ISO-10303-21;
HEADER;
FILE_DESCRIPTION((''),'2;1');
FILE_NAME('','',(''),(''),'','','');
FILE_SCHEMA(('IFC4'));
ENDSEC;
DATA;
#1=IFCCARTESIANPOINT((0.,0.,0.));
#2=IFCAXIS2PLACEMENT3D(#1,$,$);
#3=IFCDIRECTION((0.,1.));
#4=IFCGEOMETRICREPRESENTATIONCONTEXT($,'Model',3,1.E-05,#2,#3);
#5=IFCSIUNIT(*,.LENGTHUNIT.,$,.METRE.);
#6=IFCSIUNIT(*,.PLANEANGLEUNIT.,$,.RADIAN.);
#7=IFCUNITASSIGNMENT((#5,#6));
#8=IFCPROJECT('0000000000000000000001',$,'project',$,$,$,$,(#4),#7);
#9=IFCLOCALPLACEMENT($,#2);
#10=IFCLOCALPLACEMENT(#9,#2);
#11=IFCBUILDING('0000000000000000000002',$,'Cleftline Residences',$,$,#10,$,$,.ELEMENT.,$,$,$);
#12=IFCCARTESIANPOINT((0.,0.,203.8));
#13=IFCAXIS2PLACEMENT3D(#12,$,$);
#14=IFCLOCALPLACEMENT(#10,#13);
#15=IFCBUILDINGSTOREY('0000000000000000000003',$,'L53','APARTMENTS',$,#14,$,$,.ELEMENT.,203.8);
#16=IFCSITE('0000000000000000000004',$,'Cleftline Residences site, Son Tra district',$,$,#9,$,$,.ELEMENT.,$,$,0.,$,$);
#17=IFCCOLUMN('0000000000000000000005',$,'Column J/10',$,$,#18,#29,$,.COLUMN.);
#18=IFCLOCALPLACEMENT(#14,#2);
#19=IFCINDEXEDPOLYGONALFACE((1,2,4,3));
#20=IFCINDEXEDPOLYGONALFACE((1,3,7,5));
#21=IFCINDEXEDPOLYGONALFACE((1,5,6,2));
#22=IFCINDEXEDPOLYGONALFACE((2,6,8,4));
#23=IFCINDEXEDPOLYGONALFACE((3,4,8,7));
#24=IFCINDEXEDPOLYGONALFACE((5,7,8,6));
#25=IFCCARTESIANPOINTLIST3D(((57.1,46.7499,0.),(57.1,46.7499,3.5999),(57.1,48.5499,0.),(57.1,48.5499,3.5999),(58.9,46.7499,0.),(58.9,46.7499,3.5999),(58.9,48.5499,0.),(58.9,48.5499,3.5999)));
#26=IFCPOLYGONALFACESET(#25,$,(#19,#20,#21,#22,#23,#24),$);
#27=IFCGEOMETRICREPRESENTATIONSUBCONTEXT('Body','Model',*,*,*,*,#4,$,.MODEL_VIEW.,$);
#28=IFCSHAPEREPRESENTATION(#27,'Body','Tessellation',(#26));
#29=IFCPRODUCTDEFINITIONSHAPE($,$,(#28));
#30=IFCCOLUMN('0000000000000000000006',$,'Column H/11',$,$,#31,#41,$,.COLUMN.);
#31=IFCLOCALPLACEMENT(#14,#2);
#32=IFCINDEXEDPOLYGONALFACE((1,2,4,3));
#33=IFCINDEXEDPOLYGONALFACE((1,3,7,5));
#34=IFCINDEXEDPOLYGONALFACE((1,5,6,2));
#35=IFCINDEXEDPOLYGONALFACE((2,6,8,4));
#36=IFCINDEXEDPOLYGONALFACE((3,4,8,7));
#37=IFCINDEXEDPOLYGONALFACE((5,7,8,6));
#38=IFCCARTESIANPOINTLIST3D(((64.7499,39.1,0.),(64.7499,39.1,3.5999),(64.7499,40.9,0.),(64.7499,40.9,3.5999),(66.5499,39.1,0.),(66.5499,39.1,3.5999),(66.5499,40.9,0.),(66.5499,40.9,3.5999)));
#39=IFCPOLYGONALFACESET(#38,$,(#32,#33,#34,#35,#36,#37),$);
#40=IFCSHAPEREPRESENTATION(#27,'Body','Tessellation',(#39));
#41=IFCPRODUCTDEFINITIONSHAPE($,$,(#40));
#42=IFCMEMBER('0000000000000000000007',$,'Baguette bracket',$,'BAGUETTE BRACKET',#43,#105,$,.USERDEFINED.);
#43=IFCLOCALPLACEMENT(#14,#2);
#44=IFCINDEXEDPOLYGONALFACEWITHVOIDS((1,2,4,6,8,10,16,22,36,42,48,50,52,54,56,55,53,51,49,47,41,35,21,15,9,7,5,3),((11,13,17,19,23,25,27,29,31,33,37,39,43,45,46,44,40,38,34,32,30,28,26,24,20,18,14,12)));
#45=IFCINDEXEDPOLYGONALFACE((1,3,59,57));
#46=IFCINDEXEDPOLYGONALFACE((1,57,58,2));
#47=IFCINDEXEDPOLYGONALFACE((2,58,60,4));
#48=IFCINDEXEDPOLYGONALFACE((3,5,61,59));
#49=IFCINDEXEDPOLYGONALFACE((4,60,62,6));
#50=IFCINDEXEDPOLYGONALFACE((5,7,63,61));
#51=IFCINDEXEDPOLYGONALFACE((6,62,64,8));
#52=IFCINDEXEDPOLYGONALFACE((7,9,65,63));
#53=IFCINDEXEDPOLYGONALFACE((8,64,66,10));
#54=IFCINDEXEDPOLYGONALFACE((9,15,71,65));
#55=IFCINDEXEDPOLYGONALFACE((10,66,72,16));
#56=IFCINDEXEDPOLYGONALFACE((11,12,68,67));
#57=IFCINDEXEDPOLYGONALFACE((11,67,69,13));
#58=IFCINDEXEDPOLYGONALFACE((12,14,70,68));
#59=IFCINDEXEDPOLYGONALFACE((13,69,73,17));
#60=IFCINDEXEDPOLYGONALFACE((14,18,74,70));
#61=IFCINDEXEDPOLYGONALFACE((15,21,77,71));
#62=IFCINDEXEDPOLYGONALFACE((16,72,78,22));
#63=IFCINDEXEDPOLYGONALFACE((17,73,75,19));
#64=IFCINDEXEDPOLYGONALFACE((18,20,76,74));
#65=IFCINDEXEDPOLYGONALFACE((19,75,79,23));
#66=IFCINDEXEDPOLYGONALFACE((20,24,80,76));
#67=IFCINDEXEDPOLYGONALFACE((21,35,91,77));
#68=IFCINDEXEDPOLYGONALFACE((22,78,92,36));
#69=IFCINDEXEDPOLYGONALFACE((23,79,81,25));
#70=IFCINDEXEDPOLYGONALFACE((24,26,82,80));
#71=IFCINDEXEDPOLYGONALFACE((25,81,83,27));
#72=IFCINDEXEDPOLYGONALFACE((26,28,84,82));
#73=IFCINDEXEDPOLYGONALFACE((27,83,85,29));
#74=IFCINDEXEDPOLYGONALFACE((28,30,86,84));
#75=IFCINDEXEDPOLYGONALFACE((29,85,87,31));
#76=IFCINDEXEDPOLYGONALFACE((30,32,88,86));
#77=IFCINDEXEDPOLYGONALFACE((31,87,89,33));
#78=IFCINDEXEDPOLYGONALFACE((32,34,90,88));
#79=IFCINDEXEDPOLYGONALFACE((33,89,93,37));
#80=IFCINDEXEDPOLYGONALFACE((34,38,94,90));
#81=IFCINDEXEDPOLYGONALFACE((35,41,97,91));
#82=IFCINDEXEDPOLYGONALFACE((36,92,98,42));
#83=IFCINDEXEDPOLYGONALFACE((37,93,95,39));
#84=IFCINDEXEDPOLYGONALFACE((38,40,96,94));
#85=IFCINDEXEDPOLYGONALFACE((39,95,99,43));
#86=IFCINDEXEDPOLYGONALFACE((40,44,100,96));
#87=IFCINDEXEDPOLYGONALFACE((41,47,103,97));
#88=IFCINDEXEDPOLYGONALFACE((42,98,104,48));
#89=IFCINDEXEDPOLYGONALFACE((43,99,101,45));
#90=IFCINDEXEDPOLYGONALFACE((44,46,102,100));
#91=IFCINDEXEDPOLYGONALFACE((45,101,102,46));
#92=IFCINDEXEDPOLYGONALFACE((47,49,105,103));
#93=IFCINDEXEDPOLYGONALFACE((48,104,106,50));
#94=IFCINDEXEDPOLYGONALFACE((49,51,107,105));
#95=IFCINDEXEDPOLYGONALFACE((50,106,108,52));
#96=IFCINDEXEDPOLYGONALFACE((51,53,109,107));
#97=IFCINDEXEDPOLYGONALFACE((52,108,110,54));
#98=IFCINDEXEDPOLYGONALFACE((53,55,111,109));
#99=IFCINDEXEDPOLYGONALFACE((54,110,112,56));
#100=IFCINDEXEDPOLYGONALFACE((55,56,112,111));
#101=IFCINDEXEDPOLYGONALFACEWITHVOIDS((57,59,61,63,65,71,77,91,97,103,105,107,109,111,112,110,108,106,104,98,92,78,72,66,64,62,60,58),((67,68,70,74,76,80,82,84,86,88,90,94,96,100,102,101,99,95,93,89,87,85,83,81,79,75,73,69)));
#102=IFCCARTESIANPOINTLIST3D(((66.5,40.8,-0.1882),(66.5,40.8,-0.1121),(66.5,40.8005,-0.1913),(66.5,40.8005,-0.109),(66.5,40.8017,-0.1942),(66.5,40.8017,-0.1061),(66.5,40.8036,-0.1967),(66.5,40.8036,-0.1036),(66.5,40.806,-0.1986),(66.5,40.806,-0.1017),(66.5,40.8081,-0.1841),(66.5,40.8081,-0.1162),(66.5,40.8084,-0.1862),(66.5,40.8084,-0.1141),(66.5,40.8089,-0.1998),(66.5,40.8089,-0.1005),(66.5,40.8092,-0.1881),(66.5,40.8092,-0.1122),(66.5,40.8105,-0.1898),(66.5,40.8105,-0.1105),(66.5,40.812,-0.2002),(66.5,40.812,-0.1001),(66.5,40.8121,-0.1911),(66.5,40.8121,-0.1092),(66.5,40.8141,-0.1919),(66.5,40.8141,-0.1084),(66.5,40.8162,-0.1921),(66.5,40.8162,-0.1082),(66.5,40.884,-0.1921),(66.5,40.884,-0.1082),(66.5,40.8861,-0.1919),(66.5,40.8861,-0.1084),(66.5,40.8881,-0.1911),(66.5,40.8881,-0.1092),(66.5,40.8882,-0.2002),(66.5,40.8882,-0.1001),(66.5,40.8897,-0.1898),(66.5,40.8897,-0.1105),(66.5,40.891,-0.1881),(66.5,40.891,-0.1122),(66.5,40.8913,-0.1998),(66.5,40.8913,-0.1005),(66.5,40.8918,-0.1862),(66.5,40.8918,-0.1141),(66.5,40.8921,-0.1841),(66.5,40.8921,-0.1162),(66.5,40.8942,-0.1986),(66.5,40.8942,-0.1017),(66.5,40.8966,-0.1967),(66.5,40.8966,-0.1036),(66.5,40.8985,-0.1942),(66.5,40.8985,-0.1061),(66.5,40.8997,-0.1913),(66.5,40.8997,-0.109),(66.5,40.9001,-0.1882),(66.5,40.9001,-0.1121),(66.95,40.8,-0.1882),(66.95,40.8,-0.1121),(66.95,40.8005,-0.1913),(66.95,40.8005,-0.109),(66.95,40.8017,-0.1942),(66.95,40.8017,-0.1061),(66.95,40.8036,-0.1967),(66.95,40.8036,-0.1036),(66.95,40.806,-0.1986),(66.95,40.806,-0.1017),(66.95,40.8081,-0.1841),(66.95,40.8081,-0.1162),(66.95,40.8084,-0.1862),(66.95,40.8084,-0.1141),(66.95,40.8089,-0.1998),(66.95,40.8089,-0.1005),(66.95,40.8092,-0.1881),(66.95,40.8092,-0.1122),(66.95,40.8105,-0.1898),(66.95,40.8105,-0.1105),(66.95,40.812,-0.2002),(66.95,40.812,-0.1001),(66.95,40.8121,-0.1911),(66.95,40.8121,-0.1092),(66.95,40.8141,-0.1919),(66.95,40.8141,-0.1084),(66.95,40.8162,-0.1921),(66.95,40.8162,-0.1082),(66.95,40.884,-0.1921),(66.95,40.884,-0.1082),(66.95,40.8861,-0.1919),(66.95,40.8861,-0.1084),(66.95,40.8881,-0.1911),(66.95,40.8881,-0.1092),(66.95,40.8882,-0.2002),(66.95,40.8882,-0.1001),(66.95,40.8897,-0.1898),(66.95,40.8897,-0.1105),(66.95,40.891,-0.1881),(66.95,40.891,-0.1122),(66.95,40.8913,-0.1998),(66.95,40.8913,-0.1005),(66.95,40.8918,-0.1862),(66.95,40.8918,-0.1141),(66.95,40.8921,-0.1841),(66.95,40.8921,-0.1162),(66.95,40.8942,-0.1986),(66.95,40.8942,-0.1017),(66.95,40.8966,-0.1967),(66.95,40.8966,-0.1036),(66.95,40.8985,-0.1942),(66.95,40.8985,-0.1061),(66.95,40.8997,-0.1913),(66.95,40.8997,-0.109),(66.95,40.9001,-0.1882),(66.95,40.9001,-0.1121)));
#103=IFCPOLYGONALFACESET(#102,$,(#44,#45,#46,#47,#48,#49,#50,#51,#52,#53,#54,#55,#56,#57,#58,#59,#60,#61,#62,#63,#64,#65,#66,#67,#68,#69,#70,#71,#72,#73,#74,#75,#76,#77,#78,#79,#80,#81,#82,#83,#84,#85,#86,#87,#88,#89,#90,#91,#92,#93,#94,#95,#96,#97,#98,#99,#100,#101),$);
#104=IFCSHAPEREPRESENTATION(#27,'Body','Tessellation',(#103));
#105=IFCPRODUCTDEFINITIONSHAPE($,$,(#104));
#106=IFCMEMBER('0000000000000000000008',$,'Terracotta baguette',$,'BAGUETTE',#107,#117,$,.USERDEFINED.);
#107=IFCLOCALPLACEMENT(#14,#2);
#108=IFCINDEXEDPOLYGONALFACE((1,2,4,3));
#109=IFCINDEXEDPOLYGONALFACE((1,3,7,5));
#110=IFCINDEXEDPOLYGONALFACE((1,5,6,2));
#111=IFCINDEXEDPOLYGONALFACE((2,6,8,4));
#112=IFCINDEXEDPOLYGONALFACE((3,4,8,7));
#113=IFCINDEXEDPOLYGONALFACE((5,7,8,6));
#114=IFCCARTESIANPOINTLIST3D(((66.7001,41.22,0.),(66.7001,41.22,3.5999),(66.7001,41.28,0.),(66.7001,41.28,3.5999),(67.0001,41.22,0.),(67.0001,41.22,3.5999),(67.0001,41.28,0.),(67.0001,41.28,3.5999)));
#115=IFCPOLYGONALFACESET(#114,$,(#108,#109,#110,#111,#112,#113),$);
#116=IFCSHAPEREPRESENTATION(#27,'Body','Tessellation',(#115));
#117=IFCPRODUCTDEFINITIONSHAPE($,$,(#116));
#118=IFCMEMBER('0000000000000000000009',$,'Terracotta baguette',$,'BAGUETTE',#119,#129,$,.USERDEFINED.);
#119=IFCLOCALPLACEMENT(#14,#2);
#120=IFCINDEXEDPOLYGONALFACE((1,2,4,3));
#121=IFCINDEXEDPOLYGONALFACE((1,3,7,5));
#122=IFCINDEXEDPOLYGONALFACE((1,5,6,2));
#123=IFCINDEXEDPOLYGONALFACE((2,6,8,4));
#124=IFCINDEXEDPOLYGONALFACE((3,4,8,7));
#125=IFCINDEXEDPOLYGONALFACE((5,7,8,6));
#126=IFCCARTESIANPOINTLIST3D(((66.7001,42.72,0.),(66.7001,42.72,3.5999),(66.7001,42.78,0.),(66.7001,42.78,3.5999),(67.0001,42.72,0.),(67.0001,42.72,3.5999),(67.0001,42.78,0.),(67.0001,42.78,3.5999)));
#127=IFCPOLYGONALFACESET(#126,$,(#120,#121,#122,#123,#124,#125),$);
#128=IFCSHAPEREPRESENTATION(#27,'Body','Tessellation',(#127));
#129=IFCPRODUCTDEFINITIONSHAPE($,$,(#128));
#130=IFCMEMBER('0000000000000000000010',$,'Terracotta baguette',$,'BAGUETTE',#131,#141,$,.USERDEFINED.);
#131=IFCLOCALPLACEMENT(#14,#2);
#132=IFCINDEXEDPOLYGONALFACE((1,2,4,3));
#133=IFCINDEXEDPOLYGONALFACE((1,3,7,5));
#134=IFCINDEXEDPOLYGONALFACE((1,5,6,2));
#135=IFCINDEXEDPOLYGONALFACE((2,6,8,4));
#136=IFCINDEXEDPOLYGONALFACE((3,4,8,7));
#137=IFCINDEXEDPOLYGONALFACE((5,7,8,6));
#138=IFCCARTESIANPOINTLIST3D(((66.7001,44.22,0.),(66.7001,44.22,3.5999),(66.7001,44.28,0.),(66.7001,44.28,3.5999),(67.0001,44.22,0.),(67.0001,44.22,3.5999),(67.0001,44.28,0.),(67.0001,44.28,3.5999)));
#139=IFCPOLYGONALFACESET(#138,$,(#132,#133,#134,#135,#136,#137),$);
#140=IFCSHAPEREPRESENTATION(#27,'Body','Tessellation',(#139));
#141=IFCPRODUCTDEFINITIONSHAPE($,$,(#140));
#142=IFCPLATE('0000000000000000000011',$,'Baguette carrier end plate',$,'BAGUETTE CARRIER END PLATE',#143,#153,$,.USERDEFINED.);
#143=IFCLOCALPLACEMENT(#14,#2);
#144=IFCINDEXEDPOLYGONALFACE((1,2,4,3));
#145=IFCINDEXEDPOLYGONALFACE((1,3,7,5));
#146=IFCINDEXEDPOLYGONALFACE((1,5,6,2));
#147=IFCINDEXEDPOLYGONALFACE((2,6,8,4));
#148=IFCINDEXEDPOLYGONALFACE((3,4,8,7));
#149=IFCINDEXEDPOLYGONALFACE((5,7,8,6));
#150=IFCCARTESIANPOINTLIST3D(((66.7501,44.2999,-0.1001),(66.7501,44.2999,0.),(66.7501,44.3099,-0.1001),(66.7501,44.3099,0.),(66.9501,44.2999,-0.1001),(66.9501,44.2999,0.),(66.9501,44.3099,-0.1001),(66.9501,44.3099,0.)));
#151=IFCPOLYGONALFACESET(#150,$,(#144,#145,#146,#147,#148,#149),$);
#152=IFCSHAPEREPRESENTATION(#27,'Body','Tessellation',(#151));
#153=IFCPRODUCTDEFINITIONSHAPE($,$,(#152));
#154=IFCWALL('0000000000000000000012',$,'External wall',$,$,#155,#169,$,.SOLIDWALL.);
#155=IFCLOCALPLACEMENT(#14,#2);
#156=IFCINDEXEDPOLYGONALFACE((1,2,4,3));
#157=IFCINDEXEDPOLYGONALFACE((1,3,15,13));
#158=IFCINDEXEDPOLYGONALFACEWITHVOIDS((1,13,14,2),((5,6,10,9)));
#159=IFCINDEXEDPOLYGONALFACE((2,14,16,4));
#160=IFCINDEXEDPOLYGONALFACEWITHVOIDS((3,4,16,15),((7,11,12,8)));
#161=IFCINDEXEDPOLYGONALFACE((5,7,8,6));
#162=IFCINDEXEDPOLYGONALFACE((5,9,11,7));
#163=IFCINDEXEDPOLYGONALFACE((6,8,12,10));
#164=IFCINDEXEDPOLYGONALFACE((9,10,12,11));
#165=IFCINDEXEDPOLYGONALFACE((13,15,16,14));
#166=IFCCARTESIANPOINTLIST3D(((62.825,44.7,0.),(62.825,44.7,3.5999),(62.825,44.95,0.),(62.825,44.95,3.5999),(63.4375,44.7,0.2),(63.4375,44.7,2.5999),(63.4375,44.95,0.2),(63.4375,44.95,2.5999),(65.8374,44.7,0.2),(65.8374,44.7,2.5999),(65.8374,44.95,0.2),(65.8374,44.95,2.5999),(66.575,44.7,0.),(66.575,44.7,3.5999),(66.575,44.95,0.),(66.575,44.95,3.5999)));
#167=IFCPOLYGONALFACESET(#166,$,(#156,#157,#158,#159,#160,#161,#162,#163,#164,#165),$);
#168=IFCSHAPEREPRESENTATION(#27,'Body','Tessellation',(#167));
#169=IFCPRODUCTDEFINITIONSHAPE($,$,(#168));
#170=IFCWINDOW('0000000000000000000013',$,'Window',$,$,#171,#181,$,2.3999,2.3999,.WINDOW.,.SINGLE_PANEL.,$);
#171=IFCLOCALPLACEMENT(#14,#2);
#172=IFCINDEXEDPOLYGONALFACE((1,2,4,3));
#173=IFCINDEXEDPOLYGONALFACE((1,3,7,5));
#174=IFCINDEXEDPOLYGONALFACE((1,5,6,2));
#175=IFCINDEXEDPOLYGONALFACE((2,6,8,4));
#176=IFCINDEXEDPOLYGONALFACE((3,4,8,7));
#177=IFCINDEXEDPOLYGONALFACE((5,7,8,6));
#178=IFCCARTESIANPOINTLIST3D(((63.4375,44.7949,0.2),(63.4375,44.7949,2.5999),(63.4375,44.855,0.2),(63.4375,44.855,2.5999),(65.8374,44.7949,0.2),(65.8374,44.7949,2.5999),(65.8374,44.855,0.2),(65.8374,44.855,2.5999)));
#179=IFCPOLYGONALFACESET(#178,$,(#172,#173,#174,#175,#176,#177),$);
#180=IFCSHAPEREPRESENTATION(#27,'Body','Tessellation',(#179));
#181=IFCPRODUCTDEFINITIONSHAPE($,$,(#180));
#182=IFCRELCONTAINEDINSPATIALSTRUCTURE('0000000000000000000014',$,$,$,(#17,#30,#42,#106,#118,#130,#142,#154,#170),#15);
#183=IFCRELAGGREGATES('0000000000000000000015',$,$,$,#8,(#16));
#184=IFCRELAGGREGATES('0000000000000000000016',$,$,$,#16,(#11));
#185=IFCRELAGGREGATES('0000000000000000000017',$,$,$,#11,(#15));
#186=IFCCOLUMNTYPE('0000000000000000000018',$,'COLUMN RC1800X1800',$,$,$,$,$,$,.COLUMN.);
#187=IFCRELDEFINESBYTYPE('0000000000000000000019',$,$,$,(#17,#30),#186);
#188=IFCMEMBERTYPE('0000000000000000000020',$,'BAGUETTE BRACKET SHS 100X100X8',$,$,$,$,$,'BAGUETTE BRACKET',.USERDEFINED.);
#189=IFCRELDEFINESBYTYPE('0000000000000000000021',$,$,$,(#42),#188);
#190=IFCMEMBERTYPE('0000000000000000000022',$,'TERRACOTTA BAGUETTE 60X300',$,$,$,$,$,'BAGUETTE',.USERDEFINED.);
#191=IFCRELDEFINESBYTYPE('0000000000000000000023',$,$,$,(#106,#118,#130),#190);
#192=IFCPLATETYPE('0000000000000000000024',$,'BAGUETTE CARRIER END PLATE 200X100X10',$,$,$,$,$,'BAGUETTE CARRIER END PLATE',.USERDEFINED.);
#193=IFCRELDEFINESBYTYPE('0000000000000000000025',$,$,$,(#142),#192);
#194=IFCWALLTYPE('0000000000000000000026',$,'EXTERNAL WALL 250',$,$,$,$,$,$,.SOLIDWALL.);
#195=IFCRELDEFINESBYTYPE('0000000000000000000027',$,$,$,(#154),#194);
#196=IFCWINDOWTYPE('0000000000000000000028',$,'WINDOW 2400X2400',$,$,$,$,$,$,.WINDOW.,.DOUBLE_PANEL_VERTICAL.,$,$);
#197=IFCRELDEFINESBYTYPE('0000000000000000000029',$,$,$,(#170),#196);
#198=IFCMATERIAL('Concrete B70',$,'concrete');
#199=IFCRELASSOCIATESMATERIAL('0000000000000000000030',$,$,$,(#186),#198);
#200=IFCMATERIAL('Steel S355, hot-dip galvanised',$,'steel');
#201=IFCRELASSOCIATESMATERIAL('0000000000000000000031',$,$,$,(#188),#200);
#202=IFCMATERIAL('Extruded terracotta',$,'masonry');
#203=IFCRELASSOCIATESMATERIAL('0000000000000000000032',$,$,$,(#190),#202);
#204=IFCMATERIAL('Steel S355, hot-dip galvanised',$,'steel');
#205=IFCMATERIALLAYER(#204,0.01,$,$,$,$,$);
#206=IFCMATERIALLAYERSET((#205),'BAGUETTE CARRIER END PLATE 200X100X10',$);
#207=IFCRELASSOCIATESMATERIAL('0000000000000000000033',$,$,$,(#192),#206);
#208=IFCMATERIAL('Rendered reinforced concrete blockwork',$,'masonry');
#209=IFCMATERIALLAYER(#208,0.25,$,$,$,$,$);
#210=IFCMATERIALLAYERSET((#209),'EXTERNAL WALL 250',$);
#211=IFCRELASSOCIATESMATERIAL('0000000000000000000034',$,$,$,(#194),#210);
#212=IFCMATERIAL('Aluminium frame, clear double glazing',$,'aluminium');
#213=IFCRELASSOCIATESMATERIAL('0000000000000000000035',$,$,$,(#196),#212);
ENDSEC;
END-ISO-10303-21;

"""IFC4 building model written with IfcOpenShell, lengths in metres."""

from ifc_helpers import new_model, si_unit, direction, frame, frame_2d, origin, origin_2d, place, context, subcontext, project, spatial, rectangle, hollow_rectangle, extrude, material, layer, layer_set, material_profile, profile_set, type_object, element, fill, save


model = new_model("IFC4")

# Units and contexts
model_context = context("Model", 3, precision=1e-05, world=origin(), true_north=direction((0.0, 1.0)))
body_context = subcontext(model_context, "Body", "Model", "MODEL_VIEW")
ifc_project = project(units=[si_unit("LENGTHUNIT", "METRE"), si_unit("PLANEANGLEUNIT", "RADIAN")], contexts=[model_context])

# Site, building, storey
site_placement = place(None, origin())
site = spatial("IfcSite", under=ifc_project, at=site_placement, Name="Cleftline Residences site, Son Tra district", CompositionType="ELEMENT", RefElevation=0.0)
building_placement = place(site_placement, origin())
building = spatial("IfcBuilding", under=site, at=building_placement, Name="Cleftline Residences", CompositionType="ELEMENT")
storey_placement = place(building_placement, frame((0.0, 0.0, 203.8)))
storey = spatial("IfcBuildingStorey", under=building, at=storey_placement, Name="L53", Description="APARTMENTS", CompositionType="ELEMENT", Elevation=203.8)

# Columns
ifc_material_1 = material(Name="Concrete B70", Category="concrete")
ifc_material_profile_1 = material_profile(ifc_material_1, rectangle(XDim=1.8, YDim=1.8, at=origin_2d()))
ifc_profile_set_1 = profile_set([ifc_material_profile_1], Name="Concrete B70")
column_type = type_object("IfcColumnType", Name="COLUMN RC1800X1800", PredefinedType="COLUMN", material=ifc_profile_set_1)
for number, where, z_axis, x_axis, name in (
    (1, (58.0, 47.6499, 0.0), (0.0, 0.0, 1.0), (1.0, 0.0, 0.0), "Column J/10"),
    (2, (65.6499, 40.0, 0.0), (0.0, 0.0, 1.0), (1.0, 0.0, 0.0), "Column H/11"),
):
    element("IfcColumn", number, at=place(storey_placement, frame(where, z_axis=z_axis, x_axis=x_axis)), inside=storey, type_object=column_type, Name=name, PredefinedType="COLUMN", context=body_context, shape_type="SweptSolid", body=[
        extrude(rectangle(XDim=1.8, YDim=1.8, at=origin_2d()), origin(), (0.0, 0.0, 1.0), 3.5999),
    ])

# Members
ifc_material_2 = material(Name="Steel S355, hot-dip galvanised", Category="steel")
ifc_material_profile_2 = material_profile(ifc_material_2, hollow_rectangle(XDim=0.1001, YDim=0.1001, WallThickness=0.0081, InnerFilletRadius=0.0081, OuterFilletRadius=0.012, at=origin_2d()))
ifc_profile_set_2 = profile_set([ifc_material_profile_2], Name="Steel S355, hot-dip galvanised")
member_type_1 = type_object("IfcMemberType", Name="BAGUETTE BRACKET SHS 100X100X8", ElementType="BAGUETTE BRACKET", PredefinedType="USERDEFINED", material=ifc_profile_set_2)
member_placement = place(storey_placement, frame((66.5, 40.8501, -0.1501), z_axis=(1.0, 0.0, 0.0), x_axis=(0.0, 1.0, 0.0)))
element("IfcMember", 3, at=member_placement, inside=storey, type_object=member_type_1, Name="Baguette bracket", ObjectType="BAGUETTE BRACKET", PredefinedType="USERDEFINED", context=body_context, shape_type="SweptSolid", body=[
    extrude(hollow_rectangle(XDim=0.1001, YDim=0.1001, WallThickness=0.0081, InnerFilletRadius=0.0081, OuterFilletRadius=0.012, at=origin_2d()), origin(), (0.0, 0.0, 1.0), 0.45),
])
ifc_material_3 = material(Name="Extruded terracotta", Category="masonry")
ifc_material_profile_3 = material_profile(ifc_material_3, rectangle(XDim=0.0601, YDim=0.3, at=origin_2d()))
ifc_profile_set_3 = profile_set([ifc_material_profile_3], Name="Extruded terracotta")
member_type_2 = type_object("IfcMemberType", Name="TERRACOTTA BAGUETTE 60X300", ElementType="BAGUETTE", PredefinedType="USERDEFINED", material=ifc_profile_set_3)
for number, where, z_axis, x_axis, name in (
    (4, (66.8501, 41.25, 0.0), (0.0, 0.0, 1.0), (0.0, 1.0, 0.0), "Terracotta baguette"),
    (5, (66.8501, 42.75, 0.0), (0.0, 0.0, 1.0), (0.0, 1.0, 0.0), "Terracotta baguette"),
    (6, (66.8501, 44.25, 0.0), (0.0, 0.0, 1.0), (0.0, 1.0, 0.0), "Terracotta baguette"),
):
    element("IfcMember", number, at=place(storey_placement, frame(where, z_axis=z_axis, x_axis=x_axis)), inside=storey, type_object=member_type_2, Name=name, ObjectType="BAGUETTE", PredefinedType="USERDEFINED", context=body_context, shape_type="SweptSolid", body=[
        extrude(rectangle(XDim=0.0601, YDim=0.3, at=origin_2d()), origin(), (0.0, 0.0, 1.0), 3.5999),
    ])

# Plate
ifc_material_4 = material(Name="Steel S355, hot-dip galvanised", Category="steel")
ifc_layer_1 = layer(ifc_material_4, 0.01)
ifc_layer_set_1 = layer_set([ifc_layer_1], Name="BAGUETTE CARRIER END PLATE 200X100X10")
plate_type = type_object("IfcPlateType", Name="BAGUETTE CARRIER END PLATE 200X100X10", ElementType="BAGUETTE CARRIER END PLATE", PredefinedType="USERDEFINED", material=ifc_layer_set_1)
plate_placement = place(storey_placement, frame((66.8501, 44.3049, -0.1001), z_axis=(0.0, 0.0, 1.0), x_axis=(1.0, 0.0, 0.0)))
element("IfcPlate", 7, at=plate_placement, inside=storey, type_object=plate_type, Name="Baguette carrier end plate", ObjectType="BAGUETTE CARRIER END PLATE", PredefinedType="USERDEFINED", context=body_context, shape_type="SweptSolid", body=[
    extrude(rectangle(XDim=0.2, YDim=0.01, at=origin_2d()), origin(), (0.0, 0.0, 1.0), 0.1001),
])

# Wall, opening, window
ifc_material_5 = material(Name="Rendered reinforced concrete blockwork", Category="masonry")
ifc_layer_2 = layer(ifc_material_5, 0.25)
ifc_layer_set_2 = layer_set([ifc_layer_2], Name="EXTERNAL WALL 250")
wall_type_1 = type_object("IfcWallType", Name="EXTERNAL WALL 250", PredefinedType="SOLIDWALL", material=ifc_layer_set_2)
wall_1_placement = place(storey_placement, frame((66.575, 44.825, 0.0), z_axis=(0.0, 0.0, 1.0), x_axis=(-1.0, 0.0, 0.0)))
wall_1 = element("IfcWall", 8, at=wall_1_placement, inside=storey, type_object=wall_type_1, Name="External wall", PredefinedType="SOLIDWALL", context=body_context, shape_type="SweptSolid", body=[
    extrude(rectangle(XDim=3.75, YDim=0.25, at=frame_2d((1.875, 0.0))), origin(), (0.0, 0.0, 1.0), 3.5999),
])
opening_1_placement = place(wall_1_placement, frame((0.7375, 0.0, 0.2)))
opening_1 = element("IfcOpeningElement", 9, at=opening_1_placement, cuts=wall_1, PredefinedType="OPENING", context=body_context, shape_type="SweptSolid", body=[
    extrude(rectangle(XDim=2.3999, YDim=2.3999, at=frame_2d((1.2, 1.2))), frame((0.0, 0.135, 0.0), z_axis=(0.0, -1.0, 0.0), x_axis=(1.0, 0.0, 0.0)), (0.0, 0.0, 1.0), 0.27),
])
ifc_material_6 = material(Name="Aluminium frame, clear double glazing", Category="aluminium")
window_type_1 = type_object("IfcWindowType", Name="WINDOW 2400X2400", PartitioningType="DOUBLE_PANEL_VERTICAL", PredefinedType="WINDOW", material=ifc_material_6)
window_1_placement = place(opening_1_placement, origin())
window_1 = element("IfcWindow", 10, at=window_1_placement, inside=storey, type_object=window_type_1, Name="Window", OverallHeight=2.3999, OverallWidth=2.3999, PartitioningType="SINGLE_PANEL", PredefinedType="WINDOW", context=body_context, shape_type="SweptSolid", body=[
    extrude(rectangle(XDim=2.3999, YDim=2.3999, at=frame_2d((1.2, 1.2))), frame((0.0, 0.03, 0.0), z_axis=(0.0, -1.0, 0.0), x_axis=(1.0, 0.0, 0.0)), (0.0, 0.0, 1.0), 0.0601),
])
fill(opening_1, window_1)

save(model, "model.ifc")
